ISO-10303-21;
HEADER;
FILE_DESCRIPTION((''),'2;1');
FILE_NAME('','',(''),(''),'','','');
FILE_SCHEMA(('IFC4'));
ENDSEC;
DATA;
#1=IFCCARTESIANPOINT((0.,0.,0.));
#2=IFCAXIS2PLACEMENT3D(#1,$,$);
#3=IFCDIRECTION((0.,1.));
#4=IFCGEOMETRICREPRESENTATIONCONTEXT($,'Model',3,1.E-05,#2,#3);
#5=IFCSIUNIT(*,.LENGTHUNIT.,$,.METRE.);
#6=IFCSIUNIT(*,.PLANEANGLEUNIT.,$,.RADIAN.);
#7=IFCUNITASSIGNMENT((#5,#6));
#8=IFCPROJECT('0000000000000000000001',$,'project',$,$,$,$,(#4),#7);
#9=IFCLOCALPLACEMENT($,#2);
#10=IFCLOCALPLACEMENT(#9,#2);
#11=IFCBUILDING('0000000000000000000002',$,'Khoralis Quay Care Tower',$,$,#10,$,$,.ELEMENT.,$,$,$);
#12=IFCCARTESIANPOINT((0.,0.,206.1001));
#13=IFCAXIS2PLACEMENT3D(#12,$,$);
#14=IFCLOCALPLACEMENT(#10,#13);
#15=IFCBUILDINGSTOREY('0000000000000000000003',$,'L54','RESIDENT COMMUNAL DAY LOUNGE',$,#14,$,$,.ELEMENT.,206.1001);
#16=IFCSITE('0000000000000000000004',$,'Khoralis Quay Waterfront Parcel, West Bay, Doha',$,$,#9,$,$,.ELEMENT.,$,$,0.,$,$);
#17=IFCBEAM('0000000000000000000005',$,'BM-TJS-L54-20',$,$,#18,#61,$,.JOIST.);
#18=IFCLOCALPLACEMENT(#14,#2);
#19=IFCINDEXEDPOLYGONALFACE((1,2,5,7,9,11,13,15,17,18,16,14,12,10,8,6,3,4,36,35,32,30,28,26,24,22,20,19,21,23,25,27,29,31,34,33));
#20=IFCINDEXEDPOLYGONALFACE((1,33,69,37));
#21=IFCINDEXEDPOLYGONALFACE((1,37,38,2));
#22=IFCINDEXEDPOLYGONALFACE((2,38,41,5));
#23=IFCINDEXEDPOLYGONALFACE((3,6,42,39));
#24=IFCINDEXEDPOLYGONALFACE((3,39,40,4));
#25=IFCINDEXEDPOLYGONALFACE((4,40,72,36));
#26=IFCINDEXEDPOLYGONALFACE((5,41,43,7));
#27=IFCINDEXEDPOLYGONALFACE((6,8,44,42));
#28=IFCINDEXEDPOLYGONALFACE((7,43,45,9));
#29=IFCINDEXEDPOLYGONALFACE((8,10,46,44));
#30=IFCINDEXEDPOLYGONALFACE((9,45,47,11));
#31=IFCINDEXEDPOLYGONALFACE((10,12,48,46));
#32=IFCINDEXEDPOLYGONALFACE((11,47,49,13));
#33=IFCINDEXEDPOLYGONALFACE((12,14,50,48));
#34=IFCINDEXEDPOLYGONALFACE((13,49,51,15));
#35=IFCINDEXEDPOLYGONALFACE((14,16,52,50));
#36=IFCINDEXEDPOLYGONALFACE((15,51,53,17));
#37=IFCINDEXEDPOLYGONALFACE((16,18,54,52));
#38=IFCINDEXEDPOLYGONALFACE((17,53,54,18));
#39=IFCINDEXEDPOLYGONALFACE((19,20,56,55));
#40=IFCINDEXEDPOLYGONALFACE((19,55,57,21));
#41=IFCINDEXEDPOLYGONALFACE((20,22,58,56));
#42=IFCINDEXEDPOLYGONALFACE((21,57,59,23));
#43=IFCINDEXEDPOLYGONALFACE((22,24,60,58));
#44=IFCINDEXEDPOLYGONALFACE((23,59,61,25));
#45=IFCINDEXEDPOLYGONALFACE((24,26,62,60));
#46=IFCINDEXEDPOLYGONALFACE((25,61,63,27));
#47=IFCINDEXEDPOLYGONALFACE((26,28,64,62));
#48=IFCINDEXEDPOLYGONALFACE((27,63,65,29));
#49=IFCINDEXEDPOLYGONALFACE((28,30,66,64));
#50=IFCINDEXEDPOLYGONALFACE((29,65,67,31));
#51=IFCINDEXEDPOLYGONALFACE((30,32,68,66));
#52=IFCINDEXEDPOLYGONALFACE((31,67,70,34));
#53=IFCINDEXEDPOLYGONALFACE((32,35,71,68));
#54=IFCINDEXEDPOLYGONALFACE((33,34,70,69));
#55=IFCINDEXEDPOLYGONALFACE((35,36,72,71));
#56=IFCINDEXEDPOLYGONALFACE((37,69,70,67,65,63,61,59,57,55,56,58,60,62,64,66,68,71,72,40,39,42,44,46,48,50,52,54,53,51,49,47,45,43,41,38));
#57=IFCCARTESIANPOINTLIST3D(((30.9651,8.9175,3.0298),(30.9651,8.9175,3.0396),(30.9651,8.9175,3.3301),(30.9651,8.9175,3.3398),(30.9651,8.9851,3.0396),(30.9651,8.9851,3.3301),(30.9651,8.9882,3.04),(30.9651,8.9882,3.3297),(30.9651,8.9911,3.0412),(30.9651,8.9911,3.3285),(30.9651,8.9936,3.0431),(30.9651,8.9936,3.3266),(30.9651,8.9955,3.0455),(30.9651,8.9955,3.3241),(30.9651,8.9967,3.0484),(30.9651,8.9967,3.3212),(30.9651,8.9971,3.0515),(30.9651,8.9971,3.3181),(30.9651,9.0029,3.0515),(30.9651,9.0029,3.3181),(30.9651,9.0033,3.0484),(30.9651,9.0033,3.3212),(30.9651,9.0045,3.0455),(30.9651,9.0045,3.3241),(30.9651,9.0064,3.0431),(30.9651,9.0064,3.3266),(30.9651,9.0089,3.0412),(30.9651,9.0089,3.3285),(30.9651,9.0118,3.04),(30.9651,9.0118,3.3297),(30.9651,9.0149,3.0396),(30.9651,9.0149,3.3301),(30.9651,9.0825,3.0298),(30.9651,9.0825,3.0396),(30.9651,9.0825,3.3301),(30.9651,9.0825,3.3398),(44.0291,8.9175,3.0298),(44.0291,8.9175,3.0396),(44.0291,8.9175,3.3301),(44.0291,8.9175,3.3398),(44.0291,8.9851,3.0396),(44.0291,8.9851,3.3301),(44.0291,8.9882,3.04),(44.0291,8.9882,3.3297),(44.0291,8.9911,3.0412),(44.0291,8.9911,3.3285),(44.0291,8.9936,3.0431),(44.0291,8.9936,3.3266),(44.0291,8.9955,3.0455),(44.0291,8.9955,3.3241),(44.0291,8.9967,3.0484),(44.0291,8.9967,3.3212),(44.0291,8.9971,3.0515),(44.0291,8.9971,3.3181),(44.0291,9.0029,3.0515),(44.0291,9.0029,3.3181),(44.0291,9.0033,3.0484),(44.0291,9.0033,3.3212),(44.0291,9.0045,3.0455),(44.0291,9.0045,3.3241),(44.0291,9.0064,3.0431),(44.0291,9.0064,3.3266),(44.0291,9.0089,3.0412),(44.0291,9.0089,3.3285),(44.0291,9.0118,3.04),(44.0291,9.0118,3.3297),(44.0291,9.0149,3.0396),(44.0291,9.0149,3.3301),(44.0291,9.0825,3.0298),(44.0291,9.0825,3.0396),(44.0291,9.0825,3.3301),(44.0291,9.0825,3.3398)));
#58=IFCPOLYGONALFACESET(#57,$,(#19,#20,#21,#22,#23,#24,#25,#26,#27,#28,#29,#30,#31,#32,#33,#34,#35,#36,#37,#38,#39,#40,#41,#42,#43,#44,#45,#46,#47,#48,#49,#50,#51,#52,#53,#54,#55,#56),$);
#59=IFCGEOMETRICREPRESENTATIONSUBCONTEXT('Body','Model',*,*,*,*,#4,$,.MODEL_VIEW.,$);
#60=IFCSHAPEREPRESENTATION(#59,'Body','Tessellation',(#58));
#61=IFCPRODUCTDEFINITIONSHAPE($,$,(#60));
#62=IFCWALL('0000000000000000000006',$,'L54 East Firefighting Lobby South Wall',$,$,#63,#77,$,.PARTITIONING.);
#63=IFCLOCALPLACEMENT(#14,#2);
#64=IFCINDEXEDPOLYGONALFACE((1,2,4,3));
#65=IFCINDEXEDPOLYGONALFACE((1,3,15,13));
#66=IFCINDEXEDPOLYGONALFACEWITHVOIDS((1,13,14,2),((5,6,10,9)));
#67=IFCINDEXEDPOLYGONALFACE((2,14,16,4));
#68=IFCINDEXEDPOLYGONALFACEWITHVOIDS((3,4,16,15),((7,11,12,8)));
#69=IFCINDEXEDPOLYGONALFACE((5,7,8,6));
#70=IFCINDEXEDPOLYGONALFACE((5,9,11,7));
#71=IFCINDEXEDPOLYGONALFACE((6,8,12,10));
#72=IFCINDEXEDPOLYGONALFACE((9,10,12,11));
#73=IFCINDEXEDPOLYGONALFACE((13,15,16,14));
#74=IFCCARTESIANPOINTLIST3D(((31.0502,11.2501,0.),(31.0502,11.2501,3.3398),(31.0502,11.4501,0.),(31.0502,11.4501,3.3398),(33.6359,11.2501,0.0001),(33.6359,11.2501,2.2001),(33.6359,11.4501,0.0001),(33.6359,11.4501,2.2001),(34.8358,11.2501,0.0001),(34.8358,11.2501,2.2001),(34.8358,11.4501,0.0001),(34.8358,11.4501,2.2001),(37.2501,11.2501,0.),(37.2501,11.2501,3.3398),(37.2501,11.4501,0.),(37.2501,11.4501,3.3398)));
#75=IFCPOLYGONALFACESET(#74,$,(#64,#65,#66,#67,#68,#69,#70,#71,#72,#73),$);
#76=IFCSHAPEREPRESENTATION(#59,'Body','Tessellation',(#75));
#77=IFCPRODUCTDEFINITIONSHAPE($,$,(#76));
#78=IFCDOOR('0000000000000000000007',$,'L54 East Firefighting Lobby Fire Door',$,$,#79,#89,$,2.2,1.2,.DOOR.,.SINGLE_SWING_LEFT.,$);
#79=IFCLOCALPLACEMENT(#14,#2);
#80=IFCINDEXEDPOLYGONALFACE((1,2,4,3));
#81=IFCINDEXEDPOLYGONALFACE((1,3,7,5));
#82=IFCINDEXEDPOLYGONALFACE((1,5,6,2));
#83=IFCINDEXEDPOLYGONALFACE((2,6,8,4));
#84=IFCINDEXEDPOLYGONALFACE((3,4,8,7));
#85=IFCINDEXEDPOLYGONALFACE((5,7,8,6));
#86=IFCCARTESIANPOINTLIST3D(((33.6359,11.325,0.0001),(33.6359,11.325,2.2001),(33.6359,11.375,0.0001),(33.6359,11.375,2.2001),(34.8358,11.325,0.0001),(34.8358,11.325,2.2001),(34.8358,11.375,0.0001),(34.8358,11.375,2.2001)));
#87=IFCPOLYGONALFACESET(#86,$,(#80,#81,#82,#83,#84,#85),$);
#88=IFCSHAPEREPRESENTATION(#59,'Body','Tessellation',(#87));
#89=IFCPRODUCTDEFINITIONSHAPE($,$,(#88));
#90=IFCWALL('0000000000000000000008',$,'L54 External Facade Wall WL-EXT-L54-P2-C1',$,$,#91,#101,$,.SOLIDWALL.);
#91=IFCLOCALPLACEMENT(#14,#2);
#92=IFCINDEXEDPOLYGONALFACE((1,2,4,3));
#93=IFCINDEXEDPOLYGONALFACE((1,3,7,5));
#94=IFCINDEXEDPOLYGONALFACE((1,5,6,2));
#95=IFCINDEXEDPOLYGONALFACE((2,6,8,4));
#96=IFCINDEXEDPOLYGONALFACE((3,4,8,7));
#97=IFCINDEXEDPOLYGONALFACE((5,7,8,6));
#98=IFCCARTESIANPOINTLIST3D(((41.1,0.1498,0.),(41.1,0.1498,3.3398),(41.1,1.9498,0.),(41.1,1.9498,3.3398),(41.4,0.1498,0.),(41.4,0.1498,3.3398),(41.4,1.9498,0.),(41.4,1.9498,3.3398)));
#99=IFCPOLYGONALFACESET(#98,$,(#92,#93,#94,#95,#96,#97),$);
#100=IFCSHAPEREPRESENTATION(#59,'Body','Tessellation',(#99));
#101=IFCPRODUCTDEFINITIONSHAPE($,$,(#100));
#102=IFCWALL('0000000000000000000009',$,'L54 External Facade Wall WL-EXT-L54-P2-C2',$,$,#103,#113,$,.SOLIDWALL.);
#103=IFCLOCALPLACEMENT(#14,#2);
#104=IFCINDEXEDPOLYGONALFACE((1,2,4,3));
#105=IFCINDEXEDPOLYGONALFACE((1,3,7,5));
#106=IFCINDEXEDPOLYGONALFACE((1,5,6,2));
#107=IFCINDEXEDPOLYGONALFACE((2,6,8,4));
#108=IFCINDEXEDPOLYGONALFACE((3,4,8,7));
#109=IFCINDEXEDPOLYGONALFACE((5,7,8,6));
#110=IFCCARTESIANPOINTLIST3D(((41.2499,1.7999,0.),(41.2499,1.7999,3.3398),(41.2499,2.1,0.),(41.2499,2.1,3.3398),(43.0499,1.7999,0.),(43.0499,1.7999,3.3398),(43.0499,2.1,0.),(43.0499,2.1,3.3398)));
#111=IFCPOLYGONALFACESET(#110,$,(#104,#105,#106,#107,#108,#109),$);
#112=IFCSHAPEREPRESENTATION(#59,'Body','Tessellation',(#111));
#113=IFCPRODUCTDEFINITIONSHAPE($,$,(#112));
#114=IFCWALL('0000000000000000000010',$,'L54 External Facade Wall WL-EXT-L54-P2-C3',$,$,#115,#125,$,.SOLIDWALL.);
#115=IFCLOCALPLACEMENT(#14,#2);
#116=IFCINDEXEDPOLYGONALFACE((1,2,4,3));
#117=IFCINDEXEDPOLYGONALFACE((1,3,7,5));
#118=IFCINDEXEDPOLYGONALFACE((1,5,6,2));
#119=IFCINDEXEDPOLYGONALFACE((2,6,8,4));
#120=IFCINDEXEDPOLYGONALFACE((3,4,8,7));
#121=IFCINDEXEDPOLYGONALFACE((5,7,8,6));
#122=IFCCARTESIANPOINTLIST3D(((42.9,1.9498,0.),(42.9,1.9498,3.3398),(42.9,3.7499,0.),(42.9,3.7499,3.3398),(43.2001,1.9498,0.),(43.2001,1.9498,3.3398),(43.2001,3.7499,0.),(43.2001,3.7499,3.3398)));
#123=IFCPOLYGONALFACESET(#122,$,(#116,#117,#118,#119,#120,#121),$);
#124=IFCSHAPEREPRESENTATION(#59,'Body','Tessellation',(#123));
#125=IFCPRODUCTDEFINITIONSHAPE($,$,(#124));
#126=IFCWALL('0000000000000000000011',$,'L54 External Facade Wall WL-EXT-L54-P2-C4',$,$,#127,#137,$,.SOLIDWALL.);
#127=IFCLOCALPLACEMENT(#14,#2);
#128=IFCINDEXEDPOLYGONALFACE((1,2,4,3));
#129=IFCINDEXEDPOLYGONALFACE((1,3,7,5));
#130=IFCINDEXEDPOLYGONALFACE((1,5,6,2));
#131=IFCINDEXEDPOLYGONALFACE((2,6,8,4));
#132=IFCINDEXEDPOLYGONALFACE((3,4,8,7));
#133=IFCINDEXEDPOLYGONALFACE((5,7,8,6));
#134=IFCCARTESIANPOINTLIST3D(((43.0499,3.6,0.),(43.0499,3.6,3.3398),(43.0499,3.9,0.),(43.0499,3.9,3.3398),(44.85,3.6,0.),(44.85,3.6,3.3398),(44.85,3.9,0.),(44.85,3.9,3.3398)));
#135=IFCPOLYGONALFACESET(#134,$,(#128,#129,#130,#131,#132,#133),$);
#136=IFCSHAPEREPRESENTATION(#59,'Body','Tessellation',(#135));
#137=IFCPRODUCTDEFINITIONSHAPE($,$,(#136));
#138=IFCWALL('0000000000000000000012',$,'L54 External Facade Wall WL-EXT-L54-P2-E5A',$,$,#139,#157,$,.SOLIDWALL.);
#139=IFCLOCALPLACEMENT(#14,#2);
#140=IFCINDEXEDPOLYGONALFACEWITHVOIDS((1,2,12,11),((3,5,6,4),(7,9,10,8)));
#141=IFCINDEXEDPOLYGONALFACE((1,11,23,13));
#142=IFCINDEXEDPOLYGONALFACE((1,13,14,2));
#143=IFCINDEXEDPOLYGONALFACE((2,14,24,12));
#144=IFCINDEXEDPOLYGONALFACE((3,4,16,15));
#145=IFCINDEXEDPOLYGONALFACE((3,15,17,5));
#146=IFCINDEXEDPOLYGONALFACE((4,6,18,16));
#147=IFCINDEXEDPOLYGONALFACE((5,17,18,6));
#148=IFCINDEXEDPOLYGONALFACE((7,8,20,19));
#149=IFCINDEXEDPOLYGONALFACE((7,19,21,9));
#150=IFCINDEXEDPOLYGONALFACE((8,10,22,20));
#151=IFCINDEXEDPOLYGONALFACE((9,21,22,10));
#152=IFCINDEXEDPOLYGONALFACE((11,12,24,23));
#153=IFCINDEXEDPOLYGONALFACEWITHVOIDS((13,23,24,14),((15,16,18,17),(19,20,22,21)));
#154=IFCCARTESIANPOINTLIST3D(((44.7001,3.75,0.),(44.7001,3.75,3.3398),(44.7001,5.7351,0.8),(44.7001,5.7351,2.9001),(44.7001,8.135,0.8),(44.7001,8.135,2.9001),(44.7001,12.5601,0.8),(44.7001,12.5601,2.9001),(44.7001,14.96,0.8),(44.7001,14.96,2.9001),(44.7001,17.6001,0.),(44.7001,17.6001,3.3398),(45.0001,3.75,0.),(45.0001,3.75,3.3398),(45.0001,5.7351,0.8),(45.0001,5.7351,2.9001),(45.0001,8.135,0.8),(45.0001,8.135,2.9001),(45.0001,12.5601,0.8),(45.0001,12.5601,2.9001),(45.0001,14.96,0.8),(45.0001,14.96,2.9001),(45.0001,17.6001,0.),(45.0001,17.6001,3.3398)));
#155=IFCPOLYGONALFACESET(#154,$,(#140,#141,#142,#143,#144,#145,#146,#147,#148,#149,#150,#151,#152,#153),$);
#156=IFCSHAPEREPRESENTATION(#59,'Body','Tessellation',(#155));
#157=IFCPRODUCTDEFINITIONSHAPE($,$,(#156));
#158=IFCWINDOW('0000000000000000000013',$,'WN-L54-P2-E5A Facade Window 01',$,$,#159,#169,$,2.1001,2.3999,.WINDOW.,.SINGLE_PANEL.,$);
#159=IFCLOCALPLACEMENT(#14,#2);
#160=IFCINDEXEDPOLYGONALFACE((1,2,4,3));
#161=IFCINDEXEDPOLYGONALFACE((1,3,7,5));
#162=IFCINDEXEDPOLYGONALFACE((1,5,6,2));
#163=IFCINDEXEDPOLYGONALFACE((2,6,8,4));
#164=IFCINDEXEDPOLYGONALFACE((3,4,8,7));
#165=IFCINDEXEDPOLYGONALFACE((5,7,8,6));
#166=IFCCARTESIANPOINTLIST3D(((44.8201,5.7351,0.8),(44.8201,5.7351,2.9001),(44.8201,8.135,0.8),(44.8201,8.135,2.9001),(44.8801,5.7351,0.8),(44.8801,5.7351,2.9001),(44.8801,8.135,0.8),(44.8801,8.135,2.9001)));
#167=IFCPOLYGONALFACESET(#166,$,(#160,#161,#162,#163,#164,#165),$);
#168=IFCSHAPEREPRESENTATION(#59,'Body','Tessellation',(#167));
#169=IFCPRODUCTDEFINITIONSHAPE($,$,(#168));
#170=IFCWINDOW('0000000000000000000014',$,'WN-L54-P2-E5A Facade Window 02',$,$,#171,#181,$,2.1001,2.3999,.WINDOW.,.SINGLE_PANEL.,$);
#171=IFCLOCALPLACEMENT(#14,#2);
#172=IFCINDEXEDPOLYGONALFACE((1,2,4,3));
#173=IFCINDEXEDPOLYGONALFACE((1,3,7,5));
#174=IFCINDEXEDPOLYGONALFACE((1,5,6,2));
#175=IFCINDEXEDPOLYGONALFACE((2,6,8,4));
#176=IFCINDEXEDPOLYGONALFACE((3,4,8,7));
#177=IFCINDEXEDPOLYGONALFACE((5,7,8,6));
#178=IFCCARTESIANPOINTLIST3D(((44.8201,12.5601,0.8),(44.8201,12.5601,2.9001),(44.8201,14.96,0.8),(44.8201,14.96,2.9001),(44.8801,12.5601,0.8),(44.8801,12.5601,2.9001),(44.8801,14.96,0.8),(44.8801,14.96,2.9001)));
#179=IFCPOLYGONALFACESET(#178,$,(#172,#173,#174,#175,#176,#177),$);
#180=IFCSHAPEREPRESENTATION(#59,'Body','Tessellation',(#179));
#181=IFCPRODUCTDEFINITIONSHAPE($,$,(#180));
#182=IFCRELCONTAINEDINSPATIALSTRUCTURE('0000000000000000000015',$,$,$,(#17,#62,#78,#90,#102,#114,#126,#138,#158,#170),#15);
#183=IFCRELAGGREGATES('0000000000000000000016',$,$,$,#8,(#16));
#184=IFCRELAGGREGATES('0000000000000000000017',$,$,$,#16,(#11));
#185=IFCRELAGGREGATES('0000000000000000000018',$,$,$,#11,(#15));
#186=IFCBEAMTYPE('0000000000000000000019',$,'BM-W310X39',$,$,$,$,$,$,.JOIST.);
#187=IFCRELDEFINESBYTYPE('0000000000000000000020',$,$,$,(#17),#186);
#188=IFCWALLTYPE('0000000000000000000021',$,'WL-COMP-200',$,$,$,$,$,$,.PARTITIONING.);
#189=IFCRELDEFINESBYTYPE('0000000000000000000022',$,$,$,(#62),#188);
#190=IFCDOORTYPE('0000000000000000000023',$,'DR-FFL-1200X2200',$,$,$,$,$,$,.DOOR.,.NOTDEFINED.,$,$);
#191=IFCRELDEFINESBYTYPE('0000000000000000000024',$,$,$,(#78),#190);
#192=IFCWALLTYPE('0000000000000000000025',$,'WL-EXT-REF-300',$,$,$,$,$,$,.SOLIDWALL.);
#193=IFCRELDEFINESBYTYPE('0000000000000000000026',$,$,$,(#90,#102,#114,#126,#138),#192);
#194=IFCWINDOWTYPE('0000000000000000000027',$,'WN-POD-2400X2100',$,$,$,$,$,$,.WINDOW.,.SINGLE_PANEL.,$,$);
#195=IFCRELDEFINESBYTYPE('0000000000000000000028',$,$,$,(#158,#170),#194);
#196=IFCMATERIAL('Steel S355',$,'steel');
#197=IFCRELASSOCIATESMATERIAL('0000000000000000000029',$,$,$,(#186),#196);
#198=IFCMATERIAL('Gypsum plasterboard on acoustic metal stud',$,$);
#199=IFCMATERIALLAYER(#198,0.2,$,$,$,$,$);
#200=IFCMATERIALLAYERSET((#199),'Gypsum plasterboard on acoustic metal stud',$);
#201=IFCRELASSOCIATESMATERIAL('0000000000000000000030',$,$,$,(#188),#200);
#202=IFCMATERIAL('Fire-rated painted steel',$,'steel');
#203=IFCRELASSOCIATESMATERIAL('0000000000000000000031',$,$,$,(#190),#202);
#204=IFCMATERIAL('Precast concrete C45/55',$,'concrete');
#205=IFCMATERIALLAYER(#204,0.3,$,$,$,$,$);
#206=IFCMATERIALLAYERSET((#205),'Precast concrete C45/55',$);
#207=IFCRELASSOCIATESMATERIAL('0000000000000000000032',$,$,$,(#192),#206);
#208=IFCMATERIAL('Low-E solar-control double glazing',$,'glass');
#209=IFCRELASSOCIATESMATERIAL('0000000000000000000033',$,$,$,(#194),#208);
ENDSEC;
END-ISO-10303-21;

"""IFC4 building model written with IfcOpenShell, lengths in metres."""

from ifc_helpers import new_model, si_unit, direction, frame, frame_2d, origin, origin_2d, place, context, subcontext, project, spatial, rectangle, i_section, extrude, source, transform, mapped, material, layer, layer_set, material_profile, profile_set, type_object, element, fill, save


model = new_model("IFC4")

# Units and contexts
model_context = context("Model", 3, precision=1e-05, world=origin(), true_north=direction((0.0, 1.0)))
body_context = subcontext(model_context, "Body", "Model", "MODEL_VIEW")
ifc_project = project(units=[si_unit("LENGTHUNIT", "METRE"), si_unit("PLANEANGLEUNIT", "RADIAN")], contexts=[model_context])

# Site, building, storey
site_placement = place(None, origin())
site = spatial("IfcSite", under=ifc_project, at=site_placement, Name="Khoralis Quay Waterfront Parcel, West Bay, Doha", CompositionType="ELEMENT", RefElevation=0.0)
building_placement = place(site_placement, origin())
building = spatial("IfcBuilding", under=site, at=building_placement, Name="Khoralis Quay Care Tower", CompositionType="ELEMENT")
storey_placement = place(building_placement, frame((0.0, 0.0, 206.1001)))
storey = spatial("IfcBuildingStorey", under=building, at=storey_placement, Name="L54", Description="RESIDENT COMMUNAL DAY LOUNGE", CompositionType="ELEMENT", Elevation=206.1001)

# Beam
ifc_material_1 = material(Name="Steel S355", Category="steel")
ifc_material_profile_1 = material_profile(ifc_material_1, i_section(OverallWidth=0.165, OverallDepth=0.3101, WebThickness=0.0059, FlangeThickness=0.0098, FilletRadius=0.012, at=origin_2d()), Name="Steel S355")
ifc_profile_set_1 = profile_set([ifc_material_profile_1], Name="Steel S355")
beam_type_1 = type_object("IfcBeamType", Name="BM-W310X39", PredefinedType="JOIST", material=ifc_profile_set_1)
shared_shape_1 = source(origin(), body_context, "Body", "SweptSolid", [
    extrude(i_section(OverallWidth=0.165, OverallDepth=0.3101, WebThickness=0.0059, FlangeThickness=0.0098, FilletRadius=0.012, at=origin_2d()), origin(), (0.0, 0.0, 1.0), 13.064),
])
beam_1_placement = place(storey_placement, frame((30.9651, 9.0, 3.1848), z_axis=(1.0, 0.0, 0.0), x_axis=(0.0, 1.0, 0.0)))
element("IfcBeam", 1, at=beam_1_placement, inside=storey, type_object=beam_type_1, Name="BM-TJS-L54-20", PredefinedType="JOIST", context=body_context, shape_type="MappedRepresentation", body=[
    mapped(shared_shape_1, transform((0.0, 0.0, 0.0), scale=1.0)),
])

# Wall, opening, door
ifc_material_2 = material(Name="Gypsum plasterboard on acoustic metal stud")
ifc_layer_1 = layer(ifc_material_2, 0.2)
ifc_layer_set_1 = layer_set([ifc_layer_1], Name="Gypsum plasterboard on acoustic metal stud")
wall_type_1 = type_object("IfcWallType", Name="WL-COMP-200", PredefinedType="PARTITIONING", material=ifc_layer_set_1)
wall_1_placement = place(storey_placement, frame((31.05, 11.3501, 0.0), z_axis=(0.0, 0.0, 1.0), x_axis=(1.0, 0.0, 0.0)))
wall_1 = element("IfcWall", 2, at=wall_1_placement, inside=storey, type_object=wall_type_1, Name="L54 East Firefighting Lobby South Wall", PredefinedType="PARTITIONING", context=body_context, shape_type="SweptSolid", body=[
    extrude(rectangle(XDim=6.2, YDim=0.2, at=frame_2d((3.1001, 0.0))), origin(), (0.0, 0.0, 1.0), 3.3398),
])
opening_1_placement = place(wall_1_placement, frame((2.5857, 0.0, 0.0)))
opening_1 = element("IfcOpeningElement", 3, at=opening_1_placement, cuts=wall_1, PredefinedType="OPENING", context=body_context, shape_type="SweptSolid", body=[
    extrude(rectangle(XDim=1.2, YDim=2.2, at=frame_2d((0.6001, 1.1001))), frame((0.0, 0.1099, 0.0), z_axis=(0.0, -1.0, 0.0), x_axis=(1.0, 0.0, 0.0)), (0.0, 0.0, 1.0), 0.22),
])
ifc_material_3 = material(Name="Fire-rated painted steel", Category="steel")
door_type_1 = type_object("IfcDoorType", Name="DR-FFL-1200X2200", OperationType="NOTDEFINED", PredefinedType="DOOR", material=ifc_material_3)
shared_shape_2 = source(origin(), body_context, "Body", "SweptSolid", [
    extrude(rectangle(XDim=1.2, YDim=2.2, at=frame_2d((0.6001, 1.1001))), frame((0.0, 0.0249, 0.0), z_axis=(0.0, -1.0, 0.0), x_axis=(1.0, 0.0, 0.0)), (0.0, 0.0, 1.0), 0.05),
])
door_1_placement = place(opening_1_placement, origin())
door_1 = element("IfcDoor", 4, at=door_1_placement, inside=storey, type_object=door_type_1, Name="L54 East Firefighting Lobby Fire Door", OperationType="SINGLE_SWING_LEFT", OverallHeight=2.2, OverallWidth=1.2, PredefinedType="DOOR", context=body_context, shape_type="MappedRepresentation", body=[
    mapped(shared_shape_2, transform((0.0, 0.0, 0.0), scale=1.0)),
])
fill(opening_1, door_1)

# Walls
ifc_material_4 = material(Name="Precast concrete C45/55", Category="concrete")
ifc_layer_2 = layer(ifc_material_4, 0.3)
ifc_layer_set_2 = layer_set([ifc_layer_2], Name="Precast concrete C45/55")
wall_type_2 = type_object("IfcWallType", Name="WL-EXT-REF-300", PredefinedType="SOLIDWALL", material=ifc_layer_set_2)
for number, where, z_axis, x_axis, name in (
    (5, (41.25, 0.1499, 0.0), (0.0, 0.0, 1.0), (0.0, 1.0, 0.0), "L54 External Facade Wall WL-EXT-L54-P2-C1"),
    (6, (41.25, 1.95, 0.0), (0.0, 0.0, 1.0), (1.0, 0.0, 0.0), "L54 External Facade Wall WL-EXT-L54-P2-C2"),
    (7, (43.05, 1.95, 0.0), (0.0, 0.0, 1.0), (0.0, 1.0, 0.0), "L54 External Facade Wall WL-EXT-L54-P2-C3"),
    (8, (43.05, 3.75, 0.0), (0.0, 0.0, 1.0), (1.0, 0.0, 0.0), "L54 External Facade Wall WL-EXT-L54-P2-C4"),
):
    element("IfcWall", number, at=place(storey_placement, frame(where, z_axis=z_axis, x_axis=x_axis)), inside=storey, type_object=wall_type_2, Name=name, PredefinedType="SOLIDWALL", context=body_context, shape_type="SweptSolid", body=[
        extrude(rectangle(XDim=1.8, YDim=0.3, at=frame_2d((0.8999, 0.0))), origin(), (0.0, 0.0, 1.0), 3.3398),
    ])

# Wall, openings, windows
wall_2_placement = place(storey_placement, frame((44.8501, 3.75, 0.0), z_axis=(0.0, 0.0, 1.0), x_axis=(0.0, 1.0, 0.0)))
wall_2 = element("IfcWall", 9, at=wall_2_placement, inside=storey, type_object=wall_type_2, Name="L54 External Facade Wall WL-EXT-L54-P2-E5A", PredefinedType="SOLIDWALL", context=body_context, shape_type="SweptSolid", body=[
    extrude(rectangle(XDim=13.8501, YDim=0.3, at=frame_2d((6.925, 0.0))), origin(), (0.0, 0.0, 1.0), 3.3398),
])
opening_2_placement = place(wall_2_placement, frame((1.9851, 0.0, 0.8)))
opening_2 = element("IfcOpeningElement", 10, at=opening_2_placement, cuts=wall_2, PredefinedType="OPENING", context=body_context, shape_type="SweptSolid", body=[
    extrude(rectangle(XDim=2.3999, YDim=2.1001, at=frame_2d((1.2, 1.05))), frame((0.0, 0.1602, 0.0), z_axis=(0.0, -1.0, 0.0), x_axis=(1.0, 0.0, 0.0)), (0.0, 0.0, 1.0), 0.3201),
])
opening_3_placement = place(wall_2_placement, frame((8.8101, 0.0, 0.8)))
opening_3 = element("IfcOpeningElement", 11, at=opening_3_placement, cuts=wall_2, PredefinedType="OPENING", context=body_context, shape_type="SweptSolid", body=[
    extrude(rectangle(XDim=2.3999, YDim=2.1001, at=frame_2d((1.2, 1.05))), frame((0.0, 0.1602, 0.0), z_axis=(0.0, -1.0, 0.0), x_axis=(1.0, 0.0, 0.0)), (0.0, 0.0, 1.0), 0.3201),
])
ifc_material_5 = material(Name="Low-E solar-control double glazing", Category="glass")
window_type = type_object("IfcWindowType", Name="WN-POD-2400X2100", PartitioningType="SINGLE_PANEL", PredefinedType="WINDOW", material=ifc_material_5)
shared_shape_3 = source(origin(), body_context, "Body", "SweptSolid", [
    extrude(rectangle(XDim=2.3999, YDim=2.1001, at=frame_2d((1.2, 1.05))), frame((0.0, 0.03, 0.0), z_axis=(0.0, -1.0, 0.0), x_axis=(1.0, 0.0, 0.0)), (0.0, 0.0, 1.0), 0.0601),
])
window_1_placement = place(opening_2_placement, origin())
window_1 = element("IfcWindow", 12, at=window_1_placement, inside=storey, type_object=window_type, Name="WN-L54-P2-E5A Facade Window 01", OverallHeight=2.1001, OverallWidth=2.3999, PartitioningType="SINGLE_PANEL", PredefinedType="WINDOW", context=body_context, shape_type="MappedRepresentation", body=[
    mapped(shared_shape_3, transform((0.0, 0.0, 0.0), scale=1.0)),
])
fill(opening_2, window_1)
window_2_placement = place(opening_3_placement, origin())
window_2 = element("IfcWindow", 13, at=window_2_placement, inside=storey, type_object=window_type, Name="WN-L54-P2-E5A Facade Window 02", OverallHeight=2.1001, OverallWidth=2.3999, PartitioningType="SINGLE_PANEL", PredefinedType="WINDOW", context=body_context, shape_type="MappedRepresentation", body=[
    mapped(shared_shape_3, transform((0.0, 0.0, 0.0), scale=1.0)),
])
fill(opening_3, window_2)

save(model, "model.ifc")
